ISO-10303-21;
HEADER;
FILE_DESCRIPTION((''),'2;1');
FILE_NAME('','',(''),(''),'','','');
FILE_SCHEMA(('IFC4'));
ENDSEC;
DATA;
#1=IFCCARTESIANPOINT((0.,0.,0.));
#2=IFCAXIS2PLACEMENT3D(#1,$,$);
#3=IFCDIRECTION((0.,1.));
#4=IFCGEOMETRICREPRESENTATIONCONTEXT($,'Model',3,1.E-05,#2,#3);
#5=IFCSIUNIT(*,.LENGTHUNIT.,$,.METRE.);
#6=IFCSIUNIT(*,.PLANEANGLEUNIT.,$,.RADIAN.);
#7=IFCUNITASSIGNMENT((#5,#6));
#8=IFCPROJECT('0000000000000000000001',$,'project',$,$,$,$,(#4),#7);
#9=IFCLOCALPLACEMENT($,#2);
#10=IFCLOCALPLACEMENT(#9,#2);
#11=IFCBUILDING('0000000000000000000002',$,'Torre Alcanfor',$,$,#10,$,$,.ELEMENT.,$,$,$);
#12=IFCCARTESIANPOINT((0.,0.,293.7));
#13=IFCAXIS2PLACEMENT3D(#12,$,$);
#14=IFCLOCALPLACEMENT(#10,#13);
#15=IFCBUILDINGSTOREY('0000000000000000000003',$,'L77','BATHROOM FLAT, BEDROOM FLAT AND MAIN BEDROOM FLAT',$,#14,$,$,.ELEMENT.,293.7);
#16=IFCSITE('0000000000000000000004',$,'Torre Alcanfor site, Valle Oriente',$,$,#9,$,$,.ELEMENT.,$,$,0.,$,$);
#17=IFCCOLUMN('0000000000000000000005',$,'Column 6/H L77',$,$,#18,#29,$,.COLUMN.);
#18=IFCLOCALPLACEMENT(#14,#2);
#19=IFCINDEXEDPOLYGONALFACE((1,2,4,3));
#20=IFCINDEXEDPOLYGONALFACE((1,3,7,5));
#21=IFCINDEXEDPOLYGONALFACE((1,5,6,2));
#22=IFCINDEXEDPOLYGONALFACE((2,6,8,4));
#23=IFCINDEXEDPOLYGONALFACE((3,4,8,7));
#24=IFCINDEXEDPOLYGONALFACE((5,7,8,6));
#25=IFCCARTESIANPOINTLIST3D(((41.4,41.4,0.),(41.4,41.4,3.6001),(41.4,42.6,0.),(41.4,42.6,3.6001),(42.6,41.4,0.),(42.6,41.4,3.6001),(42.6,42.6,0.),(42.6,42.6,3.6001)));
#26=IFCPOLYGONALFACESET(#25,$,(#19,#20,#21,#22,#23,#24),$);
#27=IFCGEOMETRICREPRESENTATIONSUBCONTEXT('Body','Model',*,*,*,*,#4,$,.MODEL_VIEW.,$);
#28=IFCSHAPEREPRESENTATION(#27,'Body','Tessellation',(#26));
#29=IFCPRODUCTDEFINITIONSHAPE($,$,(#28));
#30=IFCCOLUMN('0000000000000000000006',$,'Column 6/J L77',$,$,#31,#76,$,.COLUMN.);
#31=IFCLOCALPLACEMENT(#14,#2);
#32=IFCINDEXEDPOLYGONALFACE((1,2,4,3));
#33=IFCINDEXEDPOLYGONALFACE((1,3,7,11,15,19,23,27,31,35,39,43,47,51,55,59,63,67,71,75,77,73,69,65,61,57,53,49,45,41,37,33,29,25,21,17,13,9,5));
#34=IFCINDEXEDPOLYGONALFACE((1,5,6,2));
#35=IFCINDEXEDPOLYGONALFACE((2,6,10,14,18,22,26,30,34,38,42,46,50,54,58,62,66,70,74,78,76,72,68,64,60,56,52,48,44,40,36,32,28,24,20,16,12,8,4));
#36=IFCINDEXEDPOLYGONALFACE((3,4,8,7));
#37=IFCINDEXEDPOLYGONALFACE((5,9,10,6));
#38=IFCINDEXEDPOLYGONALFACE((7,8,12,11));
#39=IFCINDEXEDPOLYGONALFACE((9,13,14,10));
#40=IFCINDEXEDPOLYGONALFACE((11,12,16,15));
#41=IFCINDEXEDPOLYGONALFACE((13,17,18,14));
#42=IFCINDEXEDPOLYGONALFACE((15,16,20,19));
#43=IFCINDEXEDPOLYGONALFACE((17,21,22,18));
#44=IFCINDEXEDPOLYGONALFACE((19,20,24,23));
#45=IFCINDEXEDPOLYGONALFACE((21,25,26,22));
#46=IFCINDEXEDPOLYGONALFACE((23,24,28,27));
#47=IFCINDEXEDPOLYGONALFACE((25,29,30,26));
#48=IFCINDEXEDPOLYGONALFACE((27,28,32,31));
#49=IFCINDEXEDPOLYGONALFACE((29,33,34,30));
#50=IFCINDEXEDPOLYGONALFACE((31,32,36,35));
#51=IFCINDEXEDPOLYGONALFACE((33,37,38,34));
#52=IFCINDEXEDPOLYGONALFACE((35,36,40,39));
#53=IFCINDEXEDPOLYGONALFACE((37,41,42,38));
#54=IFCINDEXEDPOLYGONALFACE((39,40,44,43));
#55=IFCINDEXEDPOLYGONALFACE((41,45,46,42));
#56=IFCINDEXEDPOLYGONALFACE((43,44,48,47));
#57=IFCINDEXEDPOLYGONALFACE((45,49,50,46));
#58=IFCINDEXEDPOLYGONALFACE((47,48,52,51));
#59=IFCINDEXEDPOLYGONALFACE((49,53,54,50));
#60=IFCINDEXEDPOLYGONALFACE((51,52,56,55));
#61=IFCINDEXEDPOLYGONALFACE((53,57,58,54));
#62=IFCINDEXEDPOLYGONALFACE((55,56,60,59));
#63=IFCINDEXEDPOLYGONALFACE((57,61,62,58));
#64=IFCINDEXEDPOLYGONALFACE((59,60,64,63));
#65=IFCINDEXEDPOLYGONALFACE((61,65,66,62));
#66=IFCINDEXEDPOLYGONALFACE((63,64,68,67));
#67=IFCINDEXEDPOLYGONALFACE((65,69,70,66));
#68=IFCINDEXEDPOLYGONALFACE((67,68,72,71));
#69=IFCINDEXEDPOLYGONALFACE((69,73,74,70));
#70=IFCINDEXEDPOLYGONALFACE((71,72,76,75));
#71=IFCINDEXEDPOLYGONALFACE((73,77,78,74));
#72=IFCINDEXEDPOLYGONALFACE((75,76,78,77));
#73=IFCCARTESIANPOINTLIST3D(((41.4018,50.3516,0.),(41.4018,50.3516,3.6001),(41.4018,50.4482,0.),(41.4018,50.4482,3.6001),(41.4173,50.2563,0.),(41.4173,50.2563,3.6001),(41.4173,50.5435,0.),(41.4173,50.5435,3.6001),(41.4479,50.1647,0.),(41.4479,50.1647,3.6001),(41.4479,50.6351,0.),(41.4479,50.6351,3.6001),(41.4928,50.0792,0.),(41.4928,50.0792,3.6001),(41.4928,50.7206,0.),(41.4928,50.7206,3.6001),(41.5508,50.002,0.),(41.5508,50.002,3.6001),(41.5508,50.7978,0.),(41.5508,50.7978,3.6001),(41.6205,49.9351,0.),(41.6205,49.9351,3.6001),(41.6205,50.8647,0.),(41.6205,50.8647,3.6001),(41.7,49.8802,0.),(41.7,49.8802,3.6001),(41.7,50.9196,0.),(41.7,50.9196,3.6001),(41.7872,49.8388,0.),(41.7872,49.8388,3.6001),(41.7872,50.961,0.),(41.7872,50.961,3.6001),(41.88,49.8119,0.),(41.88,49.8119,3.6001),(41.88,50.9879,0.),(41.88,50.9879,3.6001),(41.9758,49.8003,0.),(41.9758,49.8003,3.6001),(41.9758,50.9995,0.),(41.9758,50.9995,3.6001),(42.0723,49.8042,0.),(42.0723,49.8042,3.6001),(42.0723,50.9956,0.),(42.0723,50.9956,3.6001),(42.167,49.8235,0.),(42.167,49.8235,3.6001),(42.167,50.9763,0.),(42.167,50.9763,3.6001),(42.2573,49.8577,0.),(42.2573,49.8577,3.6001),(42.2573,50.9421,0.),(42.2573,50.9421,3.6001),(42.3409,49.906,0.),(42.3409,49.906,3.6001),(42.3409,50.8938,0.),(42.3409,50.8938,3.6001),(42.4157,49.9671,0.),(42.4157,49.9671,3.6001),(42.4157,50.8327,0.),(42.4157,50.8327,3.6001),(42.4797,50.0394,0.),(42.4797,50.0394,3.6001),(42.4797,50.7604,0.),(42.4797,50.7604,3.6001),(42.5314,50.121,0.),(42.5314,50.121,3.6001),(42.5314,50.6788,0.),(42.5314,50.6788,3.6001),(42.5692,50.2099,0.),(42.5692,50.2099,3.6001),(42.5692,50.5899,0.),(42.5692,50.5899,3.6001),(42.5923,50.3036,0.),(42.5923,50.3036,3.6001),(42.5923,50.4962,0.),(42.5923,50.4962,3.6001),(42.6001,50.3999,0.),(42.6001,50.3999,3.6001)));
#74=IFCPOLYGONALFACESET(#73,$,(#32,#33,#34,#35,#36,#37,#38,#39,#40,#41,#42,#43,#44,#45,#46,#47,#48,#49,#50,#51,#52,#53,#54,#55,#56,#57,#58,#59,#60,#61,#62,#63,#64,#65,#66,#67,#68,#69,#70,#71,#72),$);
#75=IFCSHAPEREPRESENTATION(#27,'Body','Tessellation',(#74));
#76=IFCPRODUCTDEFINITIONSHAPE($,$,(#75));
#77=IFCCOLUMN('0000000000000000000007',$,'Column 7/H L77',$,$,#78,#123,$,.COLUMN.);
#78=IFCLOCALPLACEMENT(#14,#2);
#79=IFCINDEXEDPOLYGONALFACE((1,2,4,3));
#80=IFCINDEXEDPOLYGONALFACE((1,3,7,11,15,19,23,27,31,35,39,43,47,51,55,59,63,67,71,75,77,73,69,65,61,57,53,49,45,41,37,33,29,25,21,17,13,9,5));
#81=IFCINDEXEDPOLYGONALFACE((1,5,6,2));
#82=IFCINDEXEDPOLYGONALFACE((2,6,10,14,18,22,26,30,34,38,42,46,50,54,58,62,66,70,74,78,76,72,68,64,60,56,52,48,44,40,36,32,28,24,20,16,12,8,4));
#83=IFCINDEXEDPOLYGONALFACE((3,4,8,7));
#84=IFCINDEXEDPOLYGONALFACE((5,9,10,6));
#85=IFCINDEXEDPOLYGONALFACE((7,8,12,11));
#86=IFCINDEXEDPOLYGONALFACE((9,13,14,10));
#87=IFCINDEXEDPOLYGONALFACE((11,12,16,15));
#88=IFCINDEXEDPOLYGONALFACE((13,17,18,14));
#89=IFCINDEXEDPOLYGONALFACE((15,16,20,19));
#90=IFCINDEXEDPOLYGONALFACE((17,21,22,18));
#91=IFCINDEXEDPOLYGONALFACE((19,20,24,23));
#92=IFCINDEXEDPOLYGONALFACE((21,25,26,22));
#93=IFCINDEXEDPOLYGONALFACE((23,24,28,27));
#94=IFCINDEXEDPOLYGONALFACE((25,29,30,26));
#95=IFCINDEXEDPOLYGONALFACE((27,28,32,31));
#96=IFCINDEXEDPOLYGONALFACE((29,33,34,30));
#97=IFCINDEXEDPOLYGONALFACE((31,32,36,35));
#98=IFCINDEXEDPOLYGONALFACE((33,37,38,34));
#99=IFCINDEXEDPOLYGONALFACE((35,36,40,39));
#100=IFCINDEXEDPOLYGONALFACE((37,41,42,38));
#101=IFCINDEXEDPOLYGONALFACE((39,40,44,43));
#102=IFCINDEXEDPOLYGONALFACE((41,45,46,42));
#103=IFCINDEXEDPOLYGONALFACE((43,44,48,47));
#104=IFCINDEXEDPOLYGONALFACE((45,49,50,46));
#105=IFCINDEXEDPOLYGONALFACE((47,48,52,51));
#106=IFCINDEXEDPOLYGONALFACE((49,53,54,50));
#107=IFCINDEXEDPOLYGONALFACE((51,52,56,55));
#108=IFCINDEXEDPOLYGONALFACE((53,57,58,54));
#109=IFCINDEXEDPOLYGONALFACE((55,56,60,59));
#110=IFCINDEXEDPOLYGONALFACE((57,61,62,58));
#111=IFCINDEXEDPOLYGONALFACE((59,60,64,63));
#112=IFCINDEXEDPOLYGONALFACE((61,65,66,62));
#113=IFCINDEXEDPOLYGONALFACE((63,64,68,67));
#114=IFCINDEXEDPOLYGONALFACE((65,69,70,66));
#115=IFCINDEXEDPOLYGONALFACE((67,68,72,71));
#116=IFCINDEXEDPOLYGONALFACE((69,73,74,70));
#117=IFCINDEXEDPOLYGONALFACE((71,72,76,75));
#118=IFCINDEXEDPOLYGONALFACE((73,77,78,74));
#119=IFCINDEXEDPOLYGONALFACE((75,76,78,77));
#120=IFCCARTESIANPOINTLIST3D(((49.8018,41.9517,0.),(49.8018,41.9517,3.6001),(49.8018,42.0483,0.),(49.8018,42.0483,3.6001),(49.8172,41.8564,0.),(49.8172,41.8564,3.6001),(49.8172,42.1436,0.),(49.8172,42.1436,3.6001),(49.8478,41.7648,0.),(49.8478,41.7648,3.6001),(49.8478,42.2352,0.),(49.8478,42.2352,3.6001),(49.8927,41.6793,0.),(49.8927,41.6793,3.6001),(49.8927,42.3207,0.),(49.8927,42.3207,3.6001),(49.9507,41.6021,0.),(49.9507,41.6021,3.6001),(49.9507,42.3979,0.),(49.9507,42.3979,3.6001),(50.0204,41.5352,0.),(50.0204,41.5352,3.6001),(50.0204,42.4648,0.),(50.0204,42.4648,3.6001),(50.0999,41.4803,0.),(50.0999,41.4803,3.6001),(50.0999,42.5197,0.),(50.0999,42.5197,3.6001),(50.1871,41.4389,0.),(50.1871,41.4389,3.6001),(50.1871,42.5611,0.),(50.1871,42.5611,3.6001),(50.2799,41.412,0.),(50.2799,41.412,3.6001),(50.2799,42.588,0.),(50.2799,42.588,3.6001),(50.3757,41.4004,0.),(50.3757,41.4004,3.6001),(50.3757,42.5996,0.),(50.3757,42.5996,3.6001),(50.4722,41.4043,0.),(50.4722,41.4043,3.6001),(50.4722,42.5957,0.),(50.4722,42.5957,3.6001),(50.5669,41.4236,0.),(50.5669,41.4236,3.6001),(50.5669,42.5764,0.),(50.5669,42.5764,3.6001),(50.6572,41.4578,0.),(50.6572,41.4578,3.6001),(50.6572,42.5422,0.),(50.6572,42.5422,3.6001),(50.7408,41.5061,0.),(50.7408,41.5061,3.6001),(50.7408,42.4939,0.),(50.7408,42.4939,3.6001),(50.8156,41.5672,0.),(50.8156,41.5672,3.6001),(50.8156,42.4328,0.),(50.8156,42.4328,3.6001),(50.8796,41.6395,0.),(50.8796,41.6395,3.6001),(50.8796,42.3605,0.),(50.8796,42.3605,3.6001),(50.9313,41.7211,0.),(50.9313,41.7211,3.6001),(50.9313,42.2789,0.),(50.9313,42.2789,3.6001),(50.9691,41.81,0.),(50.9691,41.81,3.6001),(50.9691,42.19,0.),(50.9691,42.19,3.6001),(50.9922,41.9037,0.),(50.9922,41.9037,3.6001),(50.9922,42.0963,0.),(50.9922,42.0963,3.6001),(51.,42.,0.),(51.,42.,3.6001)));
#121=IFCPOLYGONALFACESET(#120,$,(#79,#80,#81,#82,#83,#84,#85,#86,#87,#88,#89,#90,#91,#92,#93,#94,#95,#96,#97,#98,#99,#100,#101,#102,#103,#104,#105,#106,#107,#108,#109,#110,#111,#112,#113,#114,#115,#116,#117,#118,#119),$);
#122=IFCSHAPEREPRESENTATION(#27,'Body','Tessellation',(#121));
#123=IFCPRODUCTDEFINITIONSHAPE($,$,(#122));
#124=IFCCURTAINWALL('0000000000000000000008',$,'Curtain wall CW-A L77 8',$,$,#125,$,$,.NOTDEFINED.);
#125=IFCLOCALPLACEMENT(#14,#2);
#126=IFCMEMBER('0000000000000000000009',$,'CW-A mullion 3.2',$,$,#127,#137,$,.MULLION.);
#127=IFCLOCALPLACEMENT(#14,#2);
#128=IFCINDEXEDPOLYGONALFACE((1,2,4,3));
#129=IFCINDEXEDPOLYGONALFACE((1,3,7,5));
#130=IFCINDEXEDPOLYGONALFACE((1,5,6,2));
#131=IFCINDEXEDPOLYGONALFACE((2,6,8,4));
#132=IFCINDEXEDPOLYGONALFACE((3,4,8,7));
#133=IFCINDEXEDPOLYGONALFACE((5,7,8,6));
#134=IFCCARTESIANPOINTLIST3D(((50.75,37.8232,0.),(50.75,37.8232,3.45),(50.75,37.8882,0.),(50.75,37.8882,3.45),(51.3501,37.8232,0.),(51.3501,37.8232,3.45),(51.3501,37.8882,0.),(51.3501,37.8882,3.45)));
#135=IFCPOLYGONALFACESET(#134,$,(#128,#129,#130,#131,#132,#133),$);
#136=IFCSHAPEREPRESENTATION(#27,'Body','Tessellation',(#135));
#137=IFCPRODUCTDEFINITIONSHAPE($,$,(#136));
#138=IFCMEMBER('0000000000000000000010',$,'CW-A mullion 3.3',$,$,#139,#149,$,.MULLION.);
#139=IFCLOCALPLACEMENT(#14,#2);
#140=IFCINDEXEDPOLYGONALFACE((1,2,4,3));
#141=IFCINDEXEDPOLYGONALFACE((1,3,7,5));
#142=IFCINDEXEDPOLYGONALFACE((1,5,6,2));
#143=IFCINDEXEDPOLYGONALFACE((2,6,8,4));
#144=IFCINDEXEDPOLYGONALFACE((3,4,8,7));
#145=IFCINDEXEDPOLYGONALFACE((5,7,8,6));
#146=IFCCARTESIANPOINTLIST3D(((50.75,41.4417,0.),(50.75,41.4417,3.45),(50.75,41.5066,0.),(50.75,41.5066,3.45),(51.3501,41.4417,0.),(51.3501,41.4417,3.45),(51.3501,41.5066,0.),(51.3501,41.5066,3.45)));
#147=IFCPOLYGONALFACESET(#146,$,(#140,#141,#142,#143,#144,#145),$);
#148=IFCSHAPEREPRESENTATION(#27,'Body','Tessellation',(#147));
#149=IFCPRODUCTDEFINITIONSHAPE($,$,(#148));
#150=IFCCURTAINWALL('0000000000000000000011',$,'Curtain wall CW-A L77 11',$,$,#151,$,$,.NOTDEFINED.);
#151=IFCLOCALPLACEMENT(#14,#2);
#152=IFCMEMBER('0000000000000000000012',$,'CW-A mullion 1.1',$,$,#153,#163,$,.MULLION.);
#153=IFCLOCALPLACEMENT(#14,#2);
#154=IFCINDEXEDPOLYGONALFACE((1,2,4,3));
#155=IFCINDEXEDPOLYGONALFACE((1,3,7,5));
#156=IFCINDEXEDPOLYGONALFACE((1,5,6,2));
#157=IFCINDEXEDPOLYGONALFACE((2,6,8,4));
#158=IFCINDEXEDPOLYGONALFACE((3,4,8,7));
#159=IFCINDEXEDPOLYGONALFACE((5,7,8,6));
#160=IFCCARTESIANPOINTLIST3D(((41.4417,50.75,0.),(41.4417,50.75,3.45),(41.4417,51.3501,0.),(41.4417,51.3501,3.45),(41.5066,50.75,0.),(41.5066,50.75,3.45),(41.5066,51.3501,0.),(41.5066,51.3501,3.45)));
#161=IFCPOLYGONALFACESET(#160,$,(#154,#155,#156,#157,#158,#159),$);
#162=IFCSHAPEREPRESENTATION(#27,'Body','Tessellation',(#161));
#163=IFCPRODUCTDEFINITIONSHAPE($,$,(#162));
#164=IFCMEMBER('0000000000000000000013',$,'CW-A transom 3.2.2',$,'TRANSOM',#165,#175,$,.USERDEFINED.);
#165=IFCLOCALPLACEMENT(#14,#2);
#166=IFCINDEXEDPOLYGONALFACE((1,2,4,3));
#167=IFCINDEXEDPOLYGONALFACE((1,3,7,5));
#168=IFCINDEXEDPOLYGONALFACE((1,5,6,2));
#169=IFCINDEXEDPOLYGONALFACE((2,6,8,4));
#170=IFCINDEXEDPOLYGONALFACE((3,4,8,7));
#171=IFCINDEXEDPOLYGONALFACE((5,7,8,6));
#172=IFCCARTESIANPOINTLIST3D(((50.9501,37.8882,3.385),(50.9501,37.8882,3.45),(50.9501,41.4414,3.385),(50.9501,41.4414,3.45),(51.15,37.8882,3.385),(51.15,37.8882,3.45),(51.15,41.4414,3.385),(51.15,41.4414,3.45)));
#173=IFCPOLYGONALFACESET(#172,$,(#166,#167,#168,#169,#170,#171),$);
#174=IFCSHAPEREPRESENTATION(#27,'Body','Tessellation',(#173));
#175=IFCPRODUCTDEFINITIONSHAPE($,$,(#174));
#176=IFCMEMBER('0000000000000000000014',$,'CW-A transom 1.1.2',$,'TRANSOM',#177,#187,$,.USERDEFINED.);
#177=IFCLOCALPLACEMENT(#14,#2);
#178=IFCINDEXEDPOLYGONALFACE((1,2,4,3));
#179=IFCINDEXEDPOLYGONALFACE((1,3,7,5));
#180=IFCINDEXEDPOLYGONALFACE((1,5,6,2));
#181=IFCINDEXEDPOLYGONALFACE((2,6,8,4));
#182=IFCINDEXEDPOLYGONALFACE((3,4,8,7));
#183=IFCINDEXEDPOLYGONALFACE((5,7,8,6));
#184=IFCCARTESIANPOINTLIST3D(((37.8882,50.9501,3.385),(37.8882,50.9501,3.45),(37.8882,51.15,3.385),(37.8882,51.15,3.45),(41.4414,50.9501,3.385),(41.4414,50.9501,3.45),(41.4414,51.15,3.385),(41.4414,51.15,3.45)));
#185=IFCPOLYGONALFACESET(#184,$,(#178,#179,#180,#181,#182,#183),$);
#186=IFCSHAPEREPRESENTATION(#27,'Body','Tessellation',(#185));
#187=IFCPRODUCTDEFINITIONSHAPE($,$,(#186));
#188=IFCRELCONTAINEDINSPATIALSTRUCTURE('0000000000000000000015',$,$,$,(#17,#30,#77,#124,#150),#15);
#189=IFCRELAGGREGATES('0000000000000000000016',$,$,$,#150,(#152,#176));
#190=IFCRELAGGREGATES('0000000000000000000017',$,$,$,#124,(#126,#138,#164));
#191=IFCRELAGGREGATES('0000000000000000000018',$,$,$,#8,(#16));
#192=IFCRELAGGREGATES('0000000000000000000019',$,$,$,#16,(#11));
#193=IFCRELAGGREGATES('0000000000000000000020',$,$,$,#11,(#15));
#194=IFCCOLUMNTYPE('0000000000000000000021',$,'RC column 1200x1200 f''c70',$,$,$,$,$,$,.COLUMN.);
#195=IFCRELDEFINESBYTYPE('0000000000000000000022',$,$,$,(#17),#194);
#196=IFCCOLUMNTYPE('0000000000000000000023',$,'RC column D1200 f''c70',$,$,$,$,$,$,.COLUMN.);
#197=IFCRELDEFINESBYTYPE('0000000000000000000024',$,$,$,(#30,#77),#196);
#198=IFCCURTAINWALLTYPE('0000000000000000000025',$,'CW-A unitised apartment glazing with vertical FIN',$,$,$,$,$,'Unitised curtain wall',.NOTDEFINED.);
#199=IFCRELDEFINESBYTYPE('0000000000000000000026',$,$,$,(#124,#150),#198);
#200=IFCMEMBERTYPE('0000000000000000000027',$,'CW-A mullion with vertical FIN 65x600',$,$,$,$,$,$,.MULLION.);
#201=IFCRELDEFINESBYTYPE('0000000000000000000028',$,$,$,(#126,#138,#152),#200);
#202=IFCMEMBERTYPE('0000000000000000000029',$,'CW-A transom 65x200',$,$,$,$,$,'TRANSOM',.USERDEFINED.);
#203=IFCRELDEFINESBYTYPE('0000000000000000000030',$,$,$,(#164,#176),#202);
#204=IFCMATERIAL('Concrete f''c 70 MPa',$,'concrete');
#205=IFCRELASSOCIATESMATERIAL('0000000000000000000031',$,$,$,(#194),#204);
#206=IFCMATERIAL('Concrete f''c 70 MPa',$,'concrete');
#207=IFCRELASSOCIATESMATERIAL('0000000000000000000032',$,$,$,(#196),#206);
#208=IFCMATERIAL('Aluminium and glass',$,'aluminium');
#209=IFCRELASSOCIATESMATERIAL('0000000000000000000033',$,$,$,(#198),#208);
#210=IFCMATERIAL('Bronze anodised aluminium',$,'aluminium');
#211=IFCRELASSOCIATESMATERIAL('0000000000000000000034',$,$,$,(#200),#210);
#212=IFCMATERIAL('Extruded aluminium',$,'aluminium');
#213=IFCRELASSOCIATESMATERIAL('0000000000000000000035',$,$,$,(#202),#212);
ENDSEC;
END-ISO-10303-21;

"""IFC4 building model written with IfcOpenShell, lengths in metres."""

from ifc_helpers import new_model, si_unit, direction, frame, origin, origin_2d, place, context, subcontext, project, spatial, rectangle, circle, extrude, material, material_profile, profile_set, type_object, element, aggregate, save


model = new_model("IFC4")

# Units and contexts
model_context = context("Model", 3, precision=1e-05, world=origin(), true_north=direction((0.0, 1.0)))
body_context = subcontext(model_context, "Body", "Model", "MODEL_VIEW")
ifc_project = project(units=[si_unit("LENGTHUNIT", "METRE"), si_unit("PLANEANGLEUNIT", "RADIAN")], contexts=[model_context])

# Site, building, storey
site_placement = place(None, origin())
site = spatial("IfcSite", under=ifc_project, at=site_placement, Name="Torre Alcanfor site, Valle Oriente", CompositionType="ELEMENT", RefElevation=0.0)
building_placement = place(site_placement, origin())
building = spatial("IfcBuilding", under=site, at=building_placement, Name="Torre Alcanfor", CompositionType="ELEMENT")
storey_placement = place(building_placement, frame((0.0, 0.0, 293.7)))
storey = spatial("IfcBuildingStorey", under=building, at=storey_placement, Name="L77", Description="BATHROOM FLAT, BEDROOM FLAT AND MAIN BEDROOM FLAT", CompositionType="ELEMENT", Elevation=293.7)

# Columns
ifc_material_1 = material(Name="Concrete f'c 70 MPa", Category="concrete")
ifc_material_profile_1 = material_profile(ifc_material_1, rectangle(XDim=1.2, YDim=1.2, at=origin_2d()), Name="1200x1200")
ifc_profile_set_1 = profile_set([ifc_material_profile_1], Name="Concrete f'c 70 MPa")
column_type_1 = type_object("IfcColumnType", Name="RC column 1200x1200 f'c70", PredefinedType="COLUMN", material=ifc_profile_set_1)
column_placement = place(storey_placement, frame((42.0, 42.0, 0.0), z_axis=(0.0, 0.0, 1.0), x_axis=(1.0, 0.0, 0.0)))
element("IfcColumn", 1, at=column_placement, inside=storey, type_object=column_type_1, Name="Column 6/H L77", PredefinedType="COLUMN", context=body_context, shape_type="SweptSolid", body=[
    extrude(rectangle(XDim=1.2, YDim=1.2, at=origin_2d()), origin(), (0.0, 0.0, 1.0), 3.6001),
])
ifc_material_2 = material(Name="Concrete f'c 70 MPa", Category="concrete")
ifc_material_profile_2 = material_profile(ifc_material_2, circle(Radius=0.6001, at=origin_2d()), Name="D1200")
ifc_profile_set_2 = profile_set([ifc_material_profile_2], Name="Concrete f'c 70 MPa")
column_type_2 = type_object("IfcColumnType", Name="RC column D1200 f'c70", PredefinedType="COLUMN", material=ifc_profile_set_2)
for number, where, z_axis, x_axis, name in (
    (2, (42.0, 50.3999, 0.0), (0.0, 0.0, 1.0), (1.0, 0.0, 0.0), "Column 6/J L77"),
    (3, (50.3999, 42.0, 0.0), (0.0, 0.0, 1.0), (1.0, 0.0, 0.0), "Column 7/H L77"),
):
    element("IfcColumn", number, at=place(storey_placement, frame(where, z_axis=z_axis, x_axis=x_axis)), inside=storey, type_object=column_type_2, Name=name, PredefinedType="COLUMN", context=body_context, shape_type="SweptSolid", body=[
        extrude(circle(Radius=0.6001, at=origin_2d()), origin(), (0.0, 0.0, 1.0), 3.6001),
    ])

# Curtain wall, members
ifc_material_3 = material(Name="Aluminium and glass", Category="aluminium")
curtain_wall_type = type_object("IfcCurtainWallType", Name="CW-A unitised apartment glazing with vertical FIN", ElementType="Unitised curtain wall", PredefinedType="NOTDEFINED", material=ifc_material_3)
curtain_wall_1_placement = place(storey_placement, origin())
curtain_wall_1 = element("IfcCurtainWall", 4, at=curtain_wall_1_placement, inside=storey, type_object=curtain_wall_type, Name="Curtain wall CW-A L77 8", PredefinedType="NOTDEFINED")
ifc_material_4 = material(Name="Bronze anodised aluminium", Category="aluminium")
ifc_material_profile_3 = material_profile(ifc_material_4, rectangle(XDim=0.6001, YDim=0.0649, at=origin_2d()), Name="CW-A mullion 65x600")
ifc_profile_set_3 = profile_set([ifc_material_profile_3], Name="Bronze anodised aluminium")
member_type_1 = type_object("IfcMemberType", Name="CW-A mullion with vertical FIN 65x600", PredefinedType="MULLION", material=ifc_profile_set_3)
member_1_placement = place(storey_placement, frame((51.05, 37.8557, 0.0), z_axis=(0.0, 0.0, 1.0), x_axis=(-1.0, 0.0, 0.0)))
member_1 = element("IfcMember", 5, at=member_1_placement, type_object=member_type_1, Name="CW-A mullion 3.2", PredefinedType="MULLION", context=body_context, shape_type="SweptSolid", body=[
    extrude(rectangle(XDim=0.6001, YDim=0.0649, at=origin_2d()), origin(), (0.0, 0.0, 1.0), 3.45),
])
member_2_placement = place(storey_placement, frame((51.05, 41.4741, 0.0), z_axis=(0.0, 0.0, 1.0), x_axis=(-1.0, 0.0, 0.0)))
member_2 = element("IfcMember", 6, at=member_2_placement, type_object=member_type_1, Name="CW-A mullion 3.3", PredefinedType="MULLION", context=body_context, shape_type="SweptSolid", body=[
    extrude(rectangle(XDim=0.6001, YDim=0.0649, at=origin_2d()), origin(), (0.0, 0.0, 1.0), 3.45),
])

# Curtain wall, member
curtain_wall_2_placement = place(storey_placement, origin())
curtain_wall_2 = element("IfcCurtainWall", 7, at=curtain_wall_2_placement, inside=storey, type_object=curtain_wall_type, Name="Curtain wall CW-A L77 11", PredefinedType="NOTDEFINED")
member_3_placement = place(storey_placement, frame((41.4741, 51.05, 0.0), z_axis=(0.0, 0.0, 1.0), x_axis=(0.0, -1.0, 0.0)))
member_3 = element("IfcMember", 8, at=member_3_placement, type_object=member_type_1, Name="CW-A mullion 1.1", PredefinedType="MULLION", context=body_context, shape_type="SweptSolid", body=[
    extrude(rectangle(XDim=0.6001, YDim=0.0649, at=origin_2d()), origin(), (0.0, 0.0, 1.0), 3.45),
])

# Members
ifc_material_5 = material(Name="Extruded aluminium", Category="aluminium")
ifc_material_profile_4 = material_profile(ifc_material_5, rectangle(XDim=0.2, YDim=0.0649, at=origin_2d()), Name="CW-A transom 200x65")
ifc_profile_set_4 = profile_set([ifc_material_profile_4], Name="Extruded aluminium")
member_type_2 = type_object("IfcMemberType", Name="CW-A transom 65x200", ElementType="TRANSOM", PredefinedType="USERDEFINED", material=ifc_profile_set_4)
member_4_placement = place(storey_placement, frame((51.05, 37.8882, 3.4175), z_axis=(0.0, 1.0, 0.0), x_axis=(-1.0, 0.0, 0.0)))
member_4 = element("IfcMember", 9, at=member_4_placement, type_object=member_type_2, Name="CW-A transom 3.2.2", ObjectType="TRANSOM", PredefinedType="USERDEFINED", context=body_context, shape_type="SweptSolid", body=[
    extrude(rectangle(XDim=0.2, YDim=0.0649, at=origin_2d()), origin(), (0.0, 0.0, 1.0), 3.5532),
])
member_5_placement = place(storey_placement, frame((41.4414, 51.05, 3.4175), z_axis=(-1.0, 0.0, 0.0), x_axis=(0.0, -1.0, 0.0)))
member_5 = element("IfcMember", 10, at=member_5_placement, type_object=member_type_2, Name="CW-A transom 1.1.2", ObjectType="TRANSOM", PredefinedType="USERDEFINED", context=body_context, shape_type="SweptSolid", body=[
    extrude(rectangle(XDim=0.2, YDim=0.0649, at=origin_2d()), origin(), (0.0, 0.0, 1.0), 3.5532),
])
aggregate(curtain_wall_2, [member_3, member_5])

aggregate(curtain_wall_1, [member_1, member_2, member_4])

save(model, "model.ifc")
